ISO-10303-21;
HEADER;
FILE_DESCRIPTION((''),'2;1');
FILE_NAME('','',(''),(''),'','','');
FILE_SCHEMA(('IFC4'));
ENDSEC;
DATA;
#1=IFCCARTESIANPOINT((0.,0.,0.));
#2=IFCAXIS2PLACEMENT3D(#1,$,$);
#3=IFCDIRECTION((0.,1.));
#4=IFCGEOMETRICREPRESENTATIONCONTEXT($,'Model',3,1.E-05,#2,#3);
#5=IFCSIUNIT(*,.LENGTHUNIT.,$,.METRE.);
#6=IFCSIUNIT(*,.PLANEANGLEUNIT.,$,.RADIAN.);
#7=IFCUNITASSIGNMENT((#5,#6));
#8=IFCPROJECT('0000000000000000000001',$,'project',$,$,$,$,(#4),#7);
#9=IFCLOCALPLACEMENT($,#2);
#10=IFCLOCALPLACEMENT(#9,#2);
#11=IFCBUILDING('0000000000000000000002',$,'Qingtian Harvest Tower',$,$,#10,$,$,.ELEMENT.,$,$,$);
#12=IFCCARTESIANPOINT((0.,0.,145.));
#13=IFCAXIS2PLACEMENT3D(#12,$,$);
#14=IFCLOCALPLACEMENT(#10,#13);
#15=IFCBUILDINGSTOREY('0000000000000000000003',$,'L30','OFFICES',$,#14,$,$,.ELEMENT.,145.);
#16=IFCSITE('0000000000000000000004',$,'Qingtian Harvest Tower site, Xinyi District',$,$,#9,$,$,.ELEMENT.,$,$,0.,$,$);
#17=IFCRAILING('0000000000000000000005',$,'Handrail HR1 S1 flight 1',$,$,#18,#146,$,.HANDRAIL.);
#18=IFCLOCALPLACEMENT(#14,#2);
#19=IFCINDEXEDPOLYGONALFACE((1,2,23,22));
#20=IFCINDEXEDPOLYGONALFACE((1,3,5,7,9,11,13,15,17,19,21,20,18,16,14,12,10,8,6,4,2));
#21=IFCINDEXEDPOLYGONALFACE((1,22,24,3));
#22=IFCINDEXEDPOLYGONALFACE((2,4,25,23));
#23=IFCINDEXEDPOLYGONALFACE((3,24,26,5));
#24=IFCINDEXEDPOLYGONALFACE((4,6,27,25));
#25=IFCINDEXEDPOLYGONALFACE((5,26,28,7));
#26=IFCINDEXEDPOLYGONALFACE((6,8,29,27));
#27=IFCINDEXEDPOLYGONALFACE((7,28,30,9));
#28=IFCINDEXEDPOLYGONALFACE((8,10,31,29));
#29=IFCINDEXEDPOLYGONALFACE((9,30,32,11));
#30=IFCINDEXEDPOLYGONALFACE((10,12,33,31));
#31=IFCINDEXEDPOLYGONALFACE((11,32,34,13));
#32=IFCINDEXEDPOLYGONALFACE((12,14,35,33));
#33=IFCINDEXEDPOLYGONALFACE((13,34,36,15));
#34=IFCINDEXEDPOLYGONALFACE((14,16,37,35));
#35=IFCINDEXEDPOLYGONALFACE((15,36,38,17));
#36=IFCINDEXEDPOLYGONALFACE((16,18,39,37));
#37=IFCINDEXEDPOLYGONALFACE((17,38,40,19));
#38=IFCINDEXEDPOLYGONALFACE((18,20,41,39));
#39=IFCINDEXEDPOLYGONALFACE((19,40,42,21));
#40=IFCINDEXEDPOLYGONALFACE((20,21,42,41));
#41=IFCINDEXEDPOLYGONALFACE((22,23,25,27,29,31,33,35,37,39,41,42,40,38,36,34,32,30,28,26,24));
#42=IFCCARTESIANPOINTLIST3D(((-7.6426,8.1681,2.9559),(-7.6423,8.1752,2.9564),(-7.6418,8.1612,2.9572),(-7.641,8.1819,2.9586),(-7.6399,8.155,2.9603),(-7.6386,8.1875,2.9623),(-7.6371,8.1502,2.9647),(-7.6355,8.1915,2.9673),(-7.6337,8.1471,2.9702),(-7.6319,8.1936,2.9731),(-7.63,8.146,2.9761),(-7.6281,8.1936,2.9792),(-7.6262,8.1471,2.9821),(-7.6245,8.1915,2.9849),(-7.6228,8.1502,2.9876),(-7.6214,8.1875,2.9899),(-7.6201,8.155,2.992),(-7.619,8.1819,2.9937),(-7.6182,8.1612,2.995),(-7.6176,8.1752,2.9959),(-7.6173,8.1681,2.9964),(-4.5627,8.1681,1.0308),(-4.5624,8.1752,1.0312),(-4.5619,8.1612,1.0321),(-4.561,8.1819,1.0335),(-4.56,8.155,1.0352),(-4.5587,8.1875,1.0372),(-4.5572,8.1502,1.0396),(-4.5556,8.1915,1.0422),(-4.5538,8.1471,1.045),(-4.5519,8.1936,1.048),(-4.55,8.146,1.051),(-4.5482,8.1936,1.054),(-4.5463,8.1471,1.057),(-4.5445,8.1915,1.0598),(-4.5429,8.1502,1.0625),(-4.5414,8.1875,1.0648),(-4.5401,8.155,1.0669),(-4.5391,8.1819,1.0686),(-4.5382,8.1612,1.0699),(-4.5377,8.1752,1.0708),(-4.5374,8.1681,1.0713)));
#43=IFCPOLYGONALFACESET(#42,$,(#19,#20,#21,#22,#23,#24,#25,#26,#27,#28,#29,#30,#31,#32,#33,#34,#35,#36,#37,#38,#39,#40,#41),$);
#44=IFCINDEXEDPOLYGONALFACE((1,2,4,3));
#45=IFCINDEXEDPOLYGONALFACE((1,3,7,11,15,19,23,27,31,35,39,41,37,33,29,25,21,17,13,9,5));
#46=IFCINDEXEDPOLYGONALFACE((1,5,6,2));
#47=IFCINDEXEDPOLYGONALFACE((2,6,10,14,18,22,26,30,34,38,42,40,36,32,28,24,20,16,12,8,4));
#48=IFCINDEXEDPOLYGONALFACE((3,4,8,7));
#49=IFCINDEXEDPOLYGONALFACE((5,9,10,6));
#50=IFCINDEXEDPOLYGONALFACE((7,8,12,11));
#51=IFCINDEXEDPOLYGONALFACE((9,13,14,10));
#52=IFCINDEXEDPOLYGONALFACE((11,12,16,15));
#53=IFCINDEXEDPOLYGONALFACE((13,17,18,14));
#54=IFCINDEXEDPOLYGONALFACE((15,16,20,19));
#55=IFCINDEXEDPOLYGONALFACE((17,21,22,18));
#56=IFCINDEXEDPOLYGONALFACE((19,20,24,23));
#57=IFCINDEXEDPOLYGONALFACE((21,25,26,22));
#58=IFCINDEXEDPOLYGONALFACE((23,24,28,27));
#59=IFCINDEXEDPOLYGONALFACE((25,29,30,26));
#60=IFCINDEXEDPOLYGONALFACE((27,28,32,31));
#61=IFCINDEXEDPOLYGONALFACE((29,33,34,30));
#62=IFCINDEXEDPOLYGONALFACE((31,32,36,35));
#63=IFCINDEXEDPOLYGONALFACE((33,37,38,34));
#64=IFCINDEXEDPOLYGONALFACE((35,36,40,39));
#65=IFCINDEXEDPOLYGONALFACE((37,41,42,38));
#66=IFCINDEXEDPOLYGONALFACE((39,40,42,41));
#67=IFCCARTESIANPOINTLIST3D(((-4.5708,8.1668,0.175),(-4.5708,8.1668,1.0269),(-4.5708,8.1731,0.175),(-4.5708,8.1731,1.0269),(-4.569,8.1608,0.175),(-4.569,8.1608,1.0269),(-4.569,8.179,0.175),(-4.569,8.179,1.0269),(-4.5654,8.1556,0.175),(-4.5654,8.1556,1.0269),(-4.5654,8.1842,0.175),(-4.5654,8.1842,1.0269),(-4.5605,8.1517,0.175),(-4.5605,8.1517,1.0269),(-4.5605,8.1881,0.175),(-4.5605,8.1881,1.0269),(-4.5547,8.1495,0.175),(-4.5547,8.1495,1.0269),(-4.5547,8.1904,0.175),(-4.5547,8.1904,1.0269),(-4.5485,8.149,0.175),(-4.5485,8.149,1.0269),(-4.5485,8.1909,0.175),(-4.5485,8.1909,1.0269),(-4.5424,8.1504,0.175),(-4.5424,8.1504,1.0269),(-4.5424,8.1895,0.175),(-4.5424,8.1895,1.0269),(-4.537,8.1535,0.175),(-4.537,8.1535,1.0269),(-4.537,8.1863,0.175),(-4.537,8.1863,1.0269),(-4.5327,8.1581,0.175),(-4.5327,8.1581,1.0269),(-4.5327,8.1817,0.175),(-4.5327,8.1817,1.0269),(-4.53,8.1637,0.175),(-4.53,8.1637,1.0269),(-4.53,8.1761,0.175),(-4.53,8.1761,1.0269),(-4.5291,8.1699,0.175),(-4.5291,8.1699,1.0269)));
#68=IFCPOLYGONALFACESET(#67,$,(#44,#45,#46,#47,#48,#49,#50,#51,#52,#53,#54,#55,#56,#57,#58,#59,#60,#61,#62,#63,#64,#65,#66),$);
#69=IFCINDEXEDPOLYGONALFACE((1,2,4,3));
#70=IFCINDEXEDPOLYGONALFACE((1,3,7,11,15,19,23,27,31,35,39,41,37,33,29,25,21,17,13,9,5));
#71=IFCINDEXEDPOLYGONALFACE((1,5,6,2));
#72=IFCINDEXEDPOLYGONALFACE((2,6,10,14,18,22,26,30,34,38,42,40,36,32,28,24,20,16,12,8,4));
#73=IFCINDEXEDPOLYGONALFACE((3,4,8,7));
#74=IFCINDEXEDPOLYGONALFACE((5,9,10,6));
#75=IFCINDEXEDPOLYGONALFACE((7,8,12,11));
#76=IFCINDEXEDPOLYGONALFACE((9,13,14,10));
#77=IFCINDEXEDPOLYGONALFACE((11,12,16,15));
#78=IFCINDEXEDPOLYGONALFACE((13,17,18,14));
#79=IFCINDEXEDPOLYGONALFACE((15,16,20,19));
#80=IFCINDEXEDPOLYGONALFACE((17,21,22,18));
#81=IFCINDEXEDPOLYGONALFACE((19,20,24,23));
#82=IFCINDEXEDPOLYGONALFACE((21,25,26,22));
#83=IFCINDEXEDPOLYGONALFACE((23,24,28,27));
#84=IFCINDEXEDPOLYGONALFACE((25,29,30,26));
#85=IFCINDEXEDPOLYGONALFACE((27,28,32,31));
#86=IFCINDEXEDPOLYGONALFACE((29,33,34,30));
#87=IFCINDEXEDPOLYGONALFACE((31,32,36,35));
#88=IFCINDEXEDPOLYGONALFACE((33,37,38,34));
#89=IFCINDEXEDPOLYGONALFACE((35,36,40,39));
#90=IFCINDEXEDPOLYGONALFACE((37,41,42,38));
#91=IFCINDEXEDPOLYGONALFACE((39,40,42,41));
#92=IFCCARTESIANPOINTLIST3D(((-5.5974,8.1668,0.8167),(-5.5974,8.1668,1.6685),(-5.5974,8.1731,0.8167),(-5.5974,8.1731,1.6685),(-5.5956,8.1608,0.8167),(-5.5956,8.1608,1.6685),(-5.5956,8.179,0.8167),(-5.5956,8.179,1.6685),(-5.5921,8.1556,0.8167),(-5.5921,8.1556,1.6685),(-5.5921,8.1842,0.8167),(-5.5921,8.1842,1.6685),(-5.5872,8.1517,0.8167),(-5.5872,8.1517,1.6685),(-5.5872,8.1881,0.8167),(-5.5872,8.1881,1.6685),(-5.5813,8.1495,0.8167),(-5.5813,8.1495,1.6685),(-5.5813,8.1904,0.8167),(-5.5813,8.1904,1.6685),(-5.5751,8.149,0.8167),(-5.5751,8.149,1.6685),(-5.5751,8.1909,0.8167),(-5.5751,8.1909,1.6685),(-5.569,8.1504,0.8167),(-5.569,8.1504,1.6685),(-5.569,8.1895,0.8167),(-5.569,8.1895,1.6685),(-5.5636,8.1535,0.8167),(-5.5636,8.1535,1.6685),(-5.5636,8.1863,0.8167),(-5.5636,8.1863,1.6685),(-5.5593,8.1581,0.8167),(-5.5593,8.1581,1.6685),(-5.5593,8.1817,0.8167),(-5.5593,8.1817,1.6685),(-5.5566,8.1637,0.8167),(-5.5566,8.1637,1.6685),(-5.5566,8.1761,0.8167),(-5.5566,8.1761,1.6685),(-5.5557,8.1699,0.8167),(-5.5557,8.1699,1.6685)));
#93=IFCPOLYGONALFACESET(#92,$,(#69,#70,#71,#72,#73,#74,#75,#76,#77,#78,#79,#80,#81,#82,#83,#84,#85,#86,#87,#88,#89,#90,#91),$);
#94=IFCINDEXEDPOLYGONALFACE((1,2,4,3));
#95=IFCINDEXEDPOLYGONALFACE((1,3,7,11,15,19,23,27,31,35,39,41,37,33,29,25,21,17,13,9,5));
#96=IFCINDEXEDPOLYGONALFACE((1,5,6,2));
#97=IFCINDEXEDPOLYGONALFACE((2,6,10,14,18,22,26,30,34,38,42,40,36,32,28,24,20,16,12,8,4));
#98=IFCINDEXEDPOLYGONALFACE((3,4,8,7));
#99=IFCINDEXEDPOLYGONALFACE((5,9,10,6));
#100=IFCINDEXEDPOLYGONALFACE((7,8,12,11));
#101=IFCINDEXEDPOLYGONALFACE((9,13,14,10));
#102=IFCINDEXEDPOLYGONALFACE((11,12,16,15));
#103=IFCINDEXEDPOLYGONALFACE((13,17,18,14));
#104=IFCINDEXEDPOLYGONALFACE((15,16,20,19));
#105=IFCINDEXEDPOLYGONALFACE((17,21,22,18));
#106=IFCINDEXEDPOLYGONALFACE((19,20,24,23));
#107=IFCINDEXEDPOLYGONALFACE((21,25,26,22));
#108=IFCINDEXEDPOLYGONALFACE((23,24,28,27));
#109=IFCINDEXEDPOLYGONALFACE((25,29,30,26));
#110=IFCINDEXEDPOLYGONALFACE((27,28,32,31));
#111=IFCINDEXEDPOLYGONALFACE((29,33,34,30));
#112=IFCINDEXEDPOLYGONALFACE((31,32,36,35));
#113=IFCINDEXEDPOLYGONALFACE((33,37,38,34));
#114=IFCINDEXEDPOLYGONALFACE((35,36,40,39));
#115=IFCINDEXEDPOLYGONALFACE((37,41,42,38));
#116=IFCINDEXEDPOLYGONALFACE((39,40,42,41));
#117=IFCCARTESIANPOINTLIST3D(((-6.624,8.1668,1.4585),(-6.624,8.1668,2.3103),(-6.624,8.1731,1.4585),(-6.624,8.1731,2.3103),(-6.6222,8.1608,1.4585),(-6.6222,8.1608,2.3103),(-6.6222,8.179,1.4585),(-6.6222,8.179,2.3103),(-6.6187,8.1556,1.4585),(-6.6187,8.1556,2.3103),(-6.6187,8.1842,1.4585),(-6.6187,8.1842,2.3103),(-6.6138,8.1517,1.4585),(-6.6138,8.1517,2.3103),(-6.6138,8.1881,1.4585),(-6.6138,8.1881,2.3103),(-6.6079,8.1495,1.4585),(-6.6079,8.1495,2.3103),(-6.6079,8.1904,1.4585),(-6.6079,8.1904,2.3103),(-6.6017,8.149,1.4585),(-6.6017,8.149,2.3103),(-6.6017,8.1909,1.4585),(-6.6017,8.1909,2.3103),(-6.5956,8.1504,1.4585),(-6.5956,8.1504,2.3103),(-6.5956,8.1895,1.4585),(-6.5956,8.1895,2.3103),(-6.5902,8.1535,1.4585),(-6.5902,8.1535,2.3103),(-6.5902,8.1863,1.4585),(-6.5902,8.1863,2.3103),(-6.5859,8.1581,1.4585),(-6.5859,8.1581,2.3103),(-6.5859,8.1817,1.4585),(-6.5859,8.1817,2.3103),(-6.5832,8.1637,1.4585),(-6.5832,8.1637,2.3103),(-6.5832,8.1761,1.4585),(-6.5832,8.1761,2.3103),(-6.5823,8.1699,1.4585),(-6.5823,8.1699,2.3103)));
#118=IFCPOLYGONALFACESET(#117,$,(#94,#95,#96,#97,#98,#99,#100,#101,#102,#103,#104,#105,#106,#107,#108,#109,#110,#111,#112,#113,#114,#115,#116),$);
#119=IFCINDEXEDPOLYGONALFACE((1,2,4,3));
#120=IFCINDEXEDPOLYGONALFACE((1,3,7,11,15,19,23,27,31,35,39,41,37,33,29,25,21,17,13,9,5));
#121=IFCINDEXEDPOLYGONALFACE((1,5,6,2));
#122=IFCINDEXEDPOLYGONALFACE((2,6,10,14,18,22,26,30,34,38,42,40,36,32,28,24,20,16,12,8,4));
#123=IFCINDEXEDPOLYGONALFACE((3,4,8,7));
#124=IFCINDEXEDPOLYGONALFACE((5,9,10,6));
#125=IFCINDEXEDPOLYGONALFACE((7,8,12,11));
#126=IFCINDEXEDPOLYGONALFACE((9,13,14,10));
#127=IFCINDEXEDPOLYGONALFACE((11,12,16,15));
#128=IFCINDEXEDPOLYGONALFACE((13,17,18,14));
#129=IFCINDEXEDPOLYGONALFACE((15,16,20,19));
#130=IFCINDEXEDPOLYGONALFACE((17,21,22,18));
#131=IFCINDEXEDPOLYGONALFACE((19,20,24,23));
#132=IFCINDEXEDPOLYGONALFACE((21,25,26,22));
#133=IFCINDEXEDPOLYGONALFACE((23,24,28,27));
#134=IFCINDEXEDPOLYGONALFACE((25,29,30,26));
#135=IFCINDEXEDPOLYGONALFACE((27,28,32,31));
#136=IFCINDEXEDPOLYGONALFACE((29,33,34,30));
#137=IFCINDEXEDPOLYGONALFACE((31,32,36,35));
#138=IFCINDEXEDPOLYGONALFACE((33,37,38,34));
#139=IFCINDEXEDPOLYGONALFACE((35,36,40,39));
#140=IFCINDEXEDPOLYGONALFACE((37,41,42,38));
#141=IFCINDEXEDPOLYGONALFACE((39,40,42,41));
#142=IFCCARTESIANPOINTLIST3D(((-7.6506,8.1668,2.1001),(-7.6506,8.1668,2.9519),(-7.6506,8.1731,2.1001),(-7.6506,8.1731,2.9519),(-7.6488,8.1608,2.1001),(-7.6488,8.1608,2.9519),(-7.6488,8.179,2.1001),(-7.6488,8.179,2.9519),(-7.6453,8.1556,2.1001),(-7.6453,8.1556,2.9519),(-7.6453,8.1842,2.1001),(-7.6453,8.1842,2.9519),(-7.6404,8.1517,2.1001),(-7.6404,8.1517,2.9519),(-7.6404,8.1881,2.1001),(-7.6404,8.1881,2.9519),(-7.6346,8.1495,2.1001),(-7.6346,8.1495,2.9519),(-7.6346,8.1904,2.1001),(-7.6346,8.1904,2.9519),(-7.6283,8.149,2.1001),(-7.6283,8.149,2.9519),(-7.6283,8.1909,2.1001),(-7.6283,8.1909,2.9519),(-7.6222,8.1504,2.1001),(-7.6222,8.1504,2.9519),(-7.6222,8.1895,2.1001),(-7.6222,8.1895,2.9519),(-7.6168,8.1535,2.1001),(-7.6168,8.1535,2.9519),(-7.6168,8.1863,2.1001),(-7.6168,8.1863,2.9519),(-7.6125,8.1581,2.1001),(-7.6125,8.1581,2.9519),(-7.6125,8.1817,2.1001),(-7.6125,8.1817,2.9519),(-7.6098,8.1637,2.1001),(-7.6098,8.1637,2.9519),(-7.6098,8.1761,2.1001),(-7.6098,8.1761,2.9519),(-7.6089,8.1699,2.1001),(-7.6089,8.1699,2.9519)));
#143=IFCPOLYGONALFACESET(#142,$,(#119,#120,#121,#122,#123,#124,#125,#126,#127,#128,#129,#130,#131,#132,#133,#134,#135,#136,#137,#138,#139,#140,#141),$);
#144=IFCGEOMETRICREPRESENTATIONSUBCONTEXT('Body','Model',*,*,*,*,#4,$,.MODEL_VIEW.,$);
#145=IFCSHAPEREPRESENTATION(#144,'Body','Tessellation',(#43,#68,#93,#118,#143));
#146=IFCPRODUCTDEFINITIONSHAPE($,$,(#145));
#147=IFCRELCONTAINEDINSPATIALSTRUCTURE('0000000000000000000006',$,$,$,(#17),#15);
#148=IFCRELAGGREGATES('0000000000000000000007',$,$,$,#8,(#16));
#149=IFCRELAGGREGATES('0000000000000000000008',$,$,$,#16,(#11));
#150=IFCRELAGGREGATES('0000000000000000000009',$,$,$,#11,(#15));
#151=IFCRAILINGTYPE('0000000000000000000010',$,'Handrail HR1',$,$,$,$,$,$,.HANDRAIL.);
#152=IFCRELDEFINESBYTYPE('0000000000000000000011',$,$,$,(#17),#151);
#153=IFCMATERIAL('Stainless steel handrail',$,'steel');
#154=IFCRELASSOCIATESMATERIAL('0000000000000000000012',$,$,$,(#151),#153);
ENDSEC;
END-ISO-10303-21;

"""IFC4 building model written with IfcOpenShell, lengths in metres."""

from ifc_helpers import new_model, si_unit, direction, frame, origin, origin_2d, place, context, subcontext, project, spatial, circle, extrude, material, type_object, element, save


model = new_model("IFC4")

# Units and contexts
model_context = context("Model", 3, precision=1e-05, world=origin(), true_north=direction((0.0, 1.0)))
body_context = subcontext(model_context, "Body", "Model", "MODEL_VIEW")
ifc_project = project(units=[si_unit("LENGTHUNIT", "METRE"), si_unit("PLANEANGLEUNIT", "RADIAN")], contexts=[model_context])

# Site, building, storey
site_placement = place(None, origin())
site = spatial("IfcSite", under=ifc_project, at=site_placement, Name="Qingtian Harvest Tower site, Xinyi District", CompositionType="ELEMENT", RefElevation=0.0)
building_placement = place(site_placement, origin())
building = spatial("IfcBuilding", under=site, at=building_placement, Name="Qingtian Harvest Tower", CompositionType="ELEMENT")
storey_placement = place(building_placement, frame((0.0, 0.0, 145.0)))
storey = spatial("IfcBuildingStorey", under=building, at=storey_placement, Name="L30", Description="OFFICES", CompositionType="ELEMENT", Elevation=145.0)

# Railing
ifc_material_1 = material(Name="Stainless steel handrail", Category="steel")
railing_type = type_object("IfcRailingType", Name="Handrail HR1", PredefinedType="HANDRAIL", material=ifc_material_1)
railing_placement = place(storey_placement, frame((-4.55, 8.1699, 0.175)))
element("IfcRailing", 1, at=railing_placement, inside=storey, type_object=railing_type, Name="Handrail HR1 S1 flight 1", PredefinedType="HANDRAIL", context=body_context, shape_type="SweptSolid", body=[
    extrude(circle(Radius=0.0239, at=origin_2d()), frame((0.0, 0.0, 0.876), z_axis=(-0.847979, 0.0, 0.530029), x_axis=(0.0, -1.0, 0.0)), (0.0, 0.0, 1.0), 3.6321),
    extrude(circle(Radius=0.021, at=origin_2d()), origin(), (0.0, 0.0, 1.0), 0.8518),
    extrude(circle(Radius=0.021, at=origin_2d()), frame((-1.0266, 0.0, 0.6416)), (0.0, 0.0, 1.0), 0.8518),
    extrude(circle(Radius=0.021, at=origin_2d()), frame((-2.0532, 0.0, 1.2834)), (0.0, 0.0, 1.0), 0.8518),
    extrude(circle(Radius=0.021, at=origin_2d()), frame((-3.0798, 0.0, 1.925)), (0.0, 0.0, 1.0), 0.8518),
])

save(model, "model.ifc")
